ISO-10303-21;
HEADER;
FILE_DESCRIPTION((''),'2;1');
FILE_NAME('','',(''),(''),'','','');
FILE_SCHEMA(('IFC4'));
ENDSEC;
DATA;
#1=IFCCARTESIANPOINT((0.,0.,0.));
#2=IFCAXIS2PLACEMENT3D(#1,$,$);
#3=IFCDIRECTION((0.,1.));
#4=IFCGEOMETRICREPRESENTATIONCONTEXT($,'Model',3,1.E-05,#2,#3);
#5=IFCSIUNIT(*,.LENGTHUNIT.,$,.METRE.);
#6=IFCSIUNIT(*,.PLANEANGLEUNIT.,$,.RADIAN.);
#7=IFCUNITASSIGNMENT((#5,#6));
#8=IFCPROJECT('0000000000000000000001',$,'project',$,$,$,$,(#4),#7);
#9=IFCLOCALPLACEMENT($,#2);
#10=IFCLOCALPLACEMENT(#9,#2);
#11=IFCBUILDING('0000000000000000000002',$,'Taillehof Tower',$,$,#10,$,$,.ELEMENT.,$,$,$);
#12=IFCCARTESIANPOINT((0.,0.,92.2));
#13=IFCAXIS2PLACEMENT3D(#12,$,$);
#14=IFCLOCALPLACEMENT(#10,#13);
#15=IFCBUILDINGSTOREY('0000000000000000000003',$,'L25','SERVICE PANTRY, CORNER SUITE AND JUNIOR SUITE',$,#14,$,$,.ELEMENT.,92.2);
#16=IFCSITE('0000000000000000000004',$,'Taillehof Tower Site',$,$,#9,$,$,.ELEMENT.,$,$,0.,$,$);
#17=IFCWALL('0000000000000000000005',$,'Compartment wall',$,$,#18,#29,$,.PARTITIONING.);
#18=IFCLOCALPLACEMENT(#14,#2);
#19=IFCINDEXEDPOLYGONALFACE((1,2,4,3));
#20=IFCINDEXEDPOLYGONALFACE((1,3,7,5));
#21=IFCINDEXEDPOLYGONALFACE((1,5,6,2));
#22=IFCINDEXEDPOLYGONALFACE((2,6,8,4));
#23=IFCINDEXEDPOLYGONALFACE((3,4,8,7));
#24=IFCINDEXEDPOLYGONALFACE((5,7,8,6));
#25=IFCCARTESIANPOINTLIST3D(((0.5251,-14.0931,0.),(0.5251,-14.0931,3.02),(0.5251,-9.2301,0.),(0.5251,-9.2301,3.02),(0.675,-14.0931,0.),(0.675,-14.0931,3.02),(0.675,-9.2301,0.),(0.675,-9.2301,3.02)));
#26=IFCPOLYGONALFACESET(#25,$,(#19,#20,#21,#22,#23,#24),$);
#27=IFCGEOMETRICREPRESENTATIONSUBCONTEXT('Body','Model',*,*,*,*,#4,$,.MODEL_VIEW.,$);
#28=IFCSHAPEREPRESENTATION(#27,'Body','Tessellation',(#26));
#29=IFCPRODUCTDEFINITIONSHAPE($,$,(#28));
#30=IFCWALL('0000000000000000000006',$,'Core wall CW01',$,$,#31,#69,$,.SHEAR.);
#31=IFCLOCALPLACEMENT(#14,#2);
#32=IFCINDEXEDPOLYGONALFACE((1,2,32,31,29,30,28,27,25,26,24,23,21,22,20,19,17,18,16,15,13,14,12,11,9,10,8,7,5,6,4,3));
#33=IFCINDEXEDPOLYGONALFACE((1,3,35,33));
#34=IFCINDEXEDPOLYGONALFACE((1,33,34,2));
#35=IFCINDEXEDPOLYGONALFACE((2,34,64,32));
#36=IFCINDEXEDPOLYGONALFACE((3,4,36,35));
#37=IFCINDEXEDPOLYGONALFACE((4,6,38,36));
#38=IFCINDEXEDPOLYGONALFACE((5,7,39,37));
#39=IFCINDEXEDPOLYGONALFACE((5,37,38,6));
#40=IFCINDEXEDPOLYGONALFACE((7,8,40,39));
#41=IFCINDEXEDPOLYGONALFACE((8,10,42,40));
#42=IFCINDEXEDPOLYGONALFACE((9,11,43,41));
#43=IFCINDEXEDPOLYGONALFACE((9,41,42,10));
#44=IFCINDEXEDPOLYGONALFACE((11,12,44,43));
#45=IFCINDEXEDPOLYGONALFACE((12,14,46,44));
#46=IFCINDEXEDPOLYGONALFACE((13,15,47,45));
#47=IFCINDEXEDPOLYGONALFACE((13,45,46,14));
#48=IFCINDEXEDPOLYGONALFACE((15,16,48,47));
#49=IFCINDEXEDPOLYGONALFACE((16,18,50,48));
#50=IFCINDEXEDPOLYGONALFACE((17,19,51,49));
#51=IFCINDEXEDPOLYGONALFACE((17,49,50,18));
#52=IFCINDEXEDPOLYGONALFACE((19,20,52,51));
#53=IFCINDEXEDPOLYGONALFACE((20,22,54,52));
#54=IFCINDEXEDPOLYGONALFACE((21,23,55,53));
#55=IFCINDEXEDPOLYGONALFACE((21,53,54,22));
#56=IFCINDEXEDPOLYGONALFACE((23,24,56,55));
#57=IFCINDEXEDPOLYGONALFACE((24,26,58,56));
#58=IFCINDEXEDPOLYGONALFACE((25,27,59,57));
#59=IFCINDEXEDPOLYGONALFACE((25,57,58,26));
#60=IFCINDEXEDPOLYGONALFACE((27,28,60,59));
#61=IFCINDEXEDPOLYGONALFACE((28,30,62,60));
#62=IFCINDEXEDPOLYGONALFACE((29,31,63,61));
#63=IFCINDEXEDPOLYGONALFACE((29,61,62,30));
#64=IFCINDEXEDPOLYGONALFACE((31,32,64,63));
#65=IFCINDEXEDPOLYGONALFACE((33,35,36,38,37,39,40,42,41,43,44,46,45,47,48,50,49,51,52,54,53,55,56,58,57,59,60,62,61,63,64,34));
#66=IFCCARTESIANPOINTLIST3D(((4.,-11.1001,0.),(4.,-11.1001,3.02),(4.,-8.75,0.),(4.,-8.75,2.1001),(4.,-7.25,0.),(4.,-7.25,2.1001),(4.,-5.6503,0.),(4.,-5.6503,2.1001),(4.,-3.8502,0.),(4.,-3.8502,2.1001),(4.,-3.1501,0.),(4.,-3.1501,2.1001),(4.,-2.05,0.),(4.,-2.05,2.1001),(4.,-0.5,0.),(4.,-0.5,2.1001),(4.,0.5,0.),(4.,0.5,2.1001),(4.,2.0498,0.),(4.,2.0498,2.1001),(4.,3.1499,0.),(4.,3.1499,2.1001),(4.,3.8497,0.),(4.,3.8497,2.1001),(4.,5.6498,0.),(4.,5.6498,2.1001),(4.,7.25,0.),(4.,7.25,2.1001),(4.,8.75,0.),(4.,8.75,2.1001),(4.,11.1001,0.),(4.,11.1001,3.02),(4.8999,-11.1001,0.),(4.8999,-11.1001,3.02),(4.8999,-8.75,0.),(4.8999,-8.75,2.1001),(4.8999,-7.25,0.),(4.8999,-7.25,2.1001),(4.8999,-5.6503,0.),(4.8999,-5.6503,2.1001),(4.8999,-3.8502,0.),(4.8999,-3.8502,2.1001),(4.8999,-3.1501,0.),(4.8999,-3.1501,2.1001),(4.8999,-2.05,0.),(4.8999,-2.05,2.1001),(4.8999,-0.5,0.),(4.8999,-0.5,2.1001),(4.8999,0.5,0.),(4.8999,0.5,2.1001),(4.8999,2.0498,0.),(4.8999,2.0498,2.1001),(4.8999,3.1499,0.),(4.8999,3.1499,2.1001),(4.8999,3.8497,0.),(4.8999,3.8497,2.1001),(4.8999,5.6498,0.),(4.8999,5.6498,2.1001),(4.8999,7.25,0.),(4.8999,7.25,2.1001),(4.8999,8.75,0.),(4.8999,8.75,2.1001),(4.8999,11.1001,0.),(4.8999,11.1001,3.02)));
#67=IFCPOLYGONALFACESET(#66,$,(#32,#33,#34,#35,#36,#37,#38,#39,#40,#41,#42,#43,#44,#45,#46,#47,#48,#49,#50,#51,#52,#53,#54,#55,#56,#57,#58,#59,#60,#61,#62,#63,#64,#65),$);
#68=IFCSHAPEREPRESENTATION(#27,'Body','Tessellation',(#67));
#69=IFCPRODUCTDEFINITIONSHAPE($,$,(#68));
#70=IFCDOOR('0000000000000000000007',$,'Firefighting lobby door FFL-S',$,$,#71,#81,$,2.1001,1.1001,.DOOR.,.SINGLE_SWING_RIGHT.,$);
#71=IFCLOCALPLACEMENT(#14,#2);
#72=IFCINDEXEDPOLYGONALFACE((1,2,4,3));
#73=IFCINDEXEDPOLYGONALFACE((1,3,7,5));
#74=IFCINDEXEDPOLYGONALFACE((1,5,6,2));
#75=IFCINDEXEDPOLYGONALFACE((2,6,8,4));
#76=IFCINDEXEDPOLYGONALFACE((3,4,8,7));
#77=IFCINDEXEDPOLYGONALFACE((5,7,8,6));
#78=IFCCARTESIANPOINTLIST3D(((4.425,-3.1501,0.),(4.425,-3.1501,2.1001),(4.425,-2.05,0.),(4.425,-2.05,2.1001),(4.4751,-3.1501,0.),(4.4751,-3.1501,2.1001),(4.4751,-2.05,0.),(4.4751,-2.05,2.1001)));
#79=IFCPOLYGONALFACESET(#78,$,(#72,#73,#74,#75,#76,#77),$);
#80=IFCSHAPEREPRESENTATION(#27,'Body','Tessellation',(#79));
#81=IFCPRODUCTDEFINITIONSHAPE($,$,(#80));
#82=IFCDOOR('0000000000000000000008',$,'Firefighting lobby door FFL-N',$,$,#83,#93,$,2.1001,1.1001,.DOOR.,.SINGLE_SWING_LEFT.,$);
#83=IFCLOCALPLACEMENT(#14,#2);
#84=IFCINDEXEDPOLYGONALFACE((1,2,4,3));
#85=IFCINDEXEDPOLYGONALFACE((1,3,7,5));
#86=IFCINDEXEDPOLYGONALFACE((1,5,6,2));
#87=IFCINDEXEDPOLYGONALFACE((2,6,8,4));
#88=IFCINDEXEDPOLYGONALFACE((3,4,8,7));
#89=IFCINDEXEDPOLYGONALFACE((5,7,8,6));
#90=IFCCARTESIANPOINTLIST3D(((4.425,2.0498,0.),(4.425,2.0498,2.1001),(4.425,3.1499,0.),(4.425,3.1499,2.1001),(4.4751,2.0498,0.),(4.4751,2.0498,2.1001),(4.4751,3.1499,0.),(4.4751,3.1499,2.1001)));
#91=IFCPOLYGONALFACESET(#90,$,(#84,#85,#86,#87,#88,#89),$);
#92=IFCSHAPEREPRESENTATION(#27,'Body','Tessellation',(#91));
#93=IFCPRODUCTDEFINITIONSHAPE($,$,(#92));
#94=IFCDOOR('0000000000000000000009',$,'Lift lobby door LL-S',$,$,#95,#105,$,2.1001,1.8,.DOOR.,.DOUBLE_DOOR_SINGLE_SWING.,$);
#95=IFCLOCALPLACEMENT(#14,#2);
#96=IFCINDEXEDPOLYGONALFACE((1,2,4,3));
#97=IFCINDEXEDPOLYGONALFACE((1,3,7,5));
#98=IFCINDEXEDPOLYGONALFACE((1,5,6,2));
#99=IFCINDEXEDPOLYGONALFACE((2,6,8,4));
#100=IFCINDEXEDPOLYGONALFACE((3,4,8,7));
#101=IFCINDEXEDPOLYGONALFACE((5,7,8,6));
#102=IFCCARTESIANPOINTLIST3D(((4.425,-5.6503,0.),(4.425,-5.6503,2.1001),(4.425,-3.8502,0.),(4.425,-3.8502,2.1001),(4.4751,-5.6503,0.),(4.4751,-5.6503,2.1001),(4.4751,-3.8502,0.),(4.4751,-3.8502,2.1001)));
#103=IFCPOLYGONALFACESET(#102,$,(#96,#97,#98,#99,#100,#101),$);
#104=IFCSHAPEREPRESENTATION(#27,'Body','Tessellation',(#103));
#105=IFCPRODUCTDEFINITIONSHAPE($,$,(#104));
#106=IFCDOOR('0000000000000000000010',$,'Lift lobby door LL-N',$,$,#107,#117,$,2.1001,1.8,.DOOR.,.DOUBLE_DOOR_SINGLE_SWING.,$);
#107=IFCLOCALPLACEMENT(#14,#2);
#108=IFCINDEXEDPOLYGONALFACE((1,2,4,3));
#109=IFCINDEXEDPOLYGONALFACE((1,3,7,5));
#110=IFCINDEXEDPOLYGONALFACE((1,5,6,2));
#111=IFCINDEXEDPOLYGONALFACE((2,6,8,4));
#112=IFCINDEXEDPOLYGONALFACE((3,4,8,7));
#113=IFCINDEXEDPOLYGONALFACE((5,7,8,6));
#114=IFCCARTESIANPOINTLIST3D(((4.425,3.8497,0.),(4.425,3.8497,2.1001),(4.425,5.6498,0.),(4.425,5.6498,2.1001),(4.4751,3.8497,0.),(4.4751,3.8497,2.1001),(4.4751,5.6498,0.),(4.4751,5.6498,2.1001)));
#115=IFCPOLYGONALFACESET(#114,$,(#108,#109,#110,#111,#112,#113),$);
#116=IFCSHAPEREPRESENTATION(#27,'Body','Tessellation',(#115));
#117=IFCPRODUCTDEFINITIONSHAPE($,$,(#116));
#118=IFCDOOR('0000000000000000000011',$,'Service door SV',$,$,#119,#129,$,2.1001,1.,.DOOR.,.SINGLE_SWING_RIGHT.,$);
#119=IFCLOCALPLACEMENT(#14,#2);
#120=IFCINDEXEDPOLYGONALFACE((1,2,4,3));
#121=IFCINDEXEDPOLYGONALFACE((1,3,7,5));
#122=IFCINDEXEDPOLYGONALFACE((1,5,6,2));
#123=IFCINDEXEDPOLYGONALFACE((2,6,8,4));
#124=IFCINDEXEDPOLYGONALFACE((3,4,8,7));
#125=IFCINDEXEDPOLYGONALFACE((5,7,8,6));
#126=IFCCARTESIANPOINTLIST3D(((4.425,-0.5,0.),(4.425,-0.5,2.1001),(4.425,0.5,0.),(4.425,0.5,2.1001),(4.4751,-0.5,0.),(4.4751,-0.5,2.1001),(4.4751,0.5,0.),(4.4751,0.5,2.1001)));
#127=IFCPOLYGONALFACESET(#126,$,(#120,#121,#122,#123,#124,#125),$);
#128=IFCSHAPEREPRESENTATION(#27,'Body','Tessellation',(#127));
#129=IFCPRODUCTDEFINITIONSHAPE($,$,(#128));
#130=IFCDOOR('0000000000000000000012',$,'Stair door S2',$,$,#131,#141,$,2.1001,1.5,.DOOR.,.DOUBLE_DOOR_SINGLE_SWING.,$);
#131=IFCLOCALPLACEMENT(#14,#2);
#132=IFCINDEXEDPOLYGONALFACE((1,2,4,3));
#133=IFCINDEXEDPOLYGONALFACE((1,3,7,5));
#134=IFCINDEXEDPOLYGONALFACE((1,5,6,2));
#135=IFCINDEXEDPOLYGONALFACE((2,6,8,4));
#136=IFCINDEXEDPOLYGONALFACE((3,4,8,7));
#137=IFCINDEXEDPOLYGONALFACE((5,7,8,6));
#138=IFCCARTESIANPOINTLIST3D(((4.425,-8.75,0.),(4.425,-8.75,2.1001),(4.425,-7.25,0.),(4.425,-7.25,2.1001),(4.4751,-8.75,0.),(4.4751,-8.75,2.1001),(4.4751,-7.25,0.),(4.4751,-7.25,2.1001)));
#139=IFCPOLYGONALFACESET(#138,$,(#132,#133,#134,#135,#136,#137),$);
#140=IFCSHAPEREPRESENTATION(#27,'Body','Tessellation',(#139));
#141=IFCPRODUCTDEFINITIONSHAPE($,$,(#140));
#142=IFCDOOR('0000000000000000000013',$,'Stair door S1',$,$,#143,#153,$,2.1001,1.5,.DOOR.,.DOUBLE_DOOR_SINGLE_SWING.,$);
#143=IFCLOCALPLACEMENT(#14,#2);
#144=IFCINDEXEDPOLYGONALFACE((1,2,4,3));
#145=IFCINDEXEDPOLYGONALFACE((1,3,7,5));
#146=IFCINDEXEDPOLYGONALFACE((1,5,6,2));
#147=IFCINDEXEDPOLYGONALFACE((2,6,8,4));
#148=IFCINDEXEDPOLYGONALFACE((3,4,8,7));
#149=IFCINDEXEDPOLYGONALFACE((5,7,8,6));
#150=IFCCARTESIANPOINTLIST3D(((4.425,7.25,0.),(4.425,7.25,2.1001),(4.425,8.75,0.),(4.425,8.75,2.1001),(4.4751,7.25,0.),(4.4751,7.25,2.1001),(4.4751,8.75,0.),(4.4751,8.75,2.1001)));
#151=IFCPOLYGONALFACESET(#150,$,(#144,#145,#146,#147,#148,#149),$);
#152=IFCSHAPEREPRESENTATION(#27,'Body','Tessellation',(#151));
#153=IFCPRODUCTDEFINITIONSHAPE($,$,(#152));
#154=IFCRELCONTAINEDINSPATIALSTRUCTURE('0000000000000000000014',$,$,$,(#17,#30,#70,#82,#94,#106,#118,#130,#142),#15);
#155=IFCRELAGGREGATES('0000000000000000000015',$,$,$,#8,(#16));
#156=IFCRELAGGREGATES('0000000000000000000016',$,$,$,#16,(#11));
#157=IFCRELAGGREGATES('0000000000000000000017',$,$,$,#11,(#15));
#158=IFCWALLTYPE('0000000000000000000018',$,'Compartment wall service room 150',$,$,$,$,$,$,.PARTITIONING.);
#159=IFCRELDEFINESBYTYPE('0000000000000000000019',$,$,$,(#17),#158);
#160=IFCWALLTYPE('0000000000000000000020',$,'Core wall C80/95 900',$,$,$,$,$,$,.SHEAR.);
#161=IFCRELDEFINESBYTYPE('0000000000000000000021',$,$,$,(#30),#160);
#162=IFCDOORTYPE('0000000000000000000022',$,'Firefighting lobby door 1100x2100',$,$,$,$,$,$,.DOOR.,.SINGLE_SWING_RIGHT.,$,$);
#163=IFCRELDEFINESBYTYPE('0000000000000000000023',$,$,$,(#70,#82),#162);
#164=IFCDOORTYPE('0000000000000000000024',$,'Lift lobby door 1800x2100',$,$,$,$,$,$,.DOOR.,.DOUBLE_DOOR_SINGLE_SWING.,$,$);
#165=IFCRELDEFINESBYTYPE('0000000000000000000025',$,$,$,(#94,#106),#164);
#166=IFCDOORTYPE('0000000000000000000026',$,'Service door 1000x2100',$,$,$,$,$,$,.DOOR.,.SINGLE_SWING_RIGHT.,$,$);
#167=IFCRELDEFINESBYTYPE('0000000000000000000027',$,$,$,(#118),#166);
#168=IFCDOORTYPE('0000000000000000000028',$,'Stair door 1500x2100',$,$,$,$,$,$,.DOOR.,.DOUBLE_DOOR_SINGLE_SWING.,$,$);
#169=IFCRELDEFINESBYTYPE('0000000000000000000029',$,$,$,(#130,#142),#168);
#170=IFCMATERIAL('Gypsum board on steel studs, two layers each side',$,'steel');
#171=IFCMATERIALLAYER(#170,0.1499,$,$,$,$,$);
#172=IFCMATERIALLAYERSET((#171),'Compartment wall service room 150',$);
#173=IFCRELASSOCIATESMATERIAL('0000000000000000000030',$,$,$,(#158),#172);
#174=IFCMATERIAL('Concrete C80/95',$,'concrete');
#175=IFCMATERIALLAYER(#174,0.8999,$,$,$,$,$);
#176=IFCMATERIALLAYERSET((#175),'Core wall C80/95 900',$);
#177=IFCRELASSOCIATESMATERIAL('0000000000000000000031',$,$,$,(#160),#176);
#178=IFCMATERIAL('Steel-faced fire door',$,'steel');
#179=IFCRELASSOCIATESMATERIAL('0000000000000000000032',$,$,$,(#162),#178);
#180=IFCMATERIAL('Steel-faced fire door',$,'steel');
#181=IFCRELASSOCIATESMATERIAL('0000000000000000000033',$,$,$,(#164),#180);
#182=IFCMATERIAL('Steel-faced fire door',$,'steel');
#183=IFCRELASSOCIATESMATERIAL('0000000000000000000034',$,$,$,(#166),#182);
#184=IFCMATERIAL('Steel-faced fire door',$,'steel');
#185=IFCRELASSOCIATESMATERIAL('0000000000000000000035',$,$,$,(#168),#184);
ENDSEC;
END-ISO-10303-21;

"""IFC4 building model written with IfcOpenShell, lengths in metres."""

from ifc_helpers import new_model, si_unit, direction, frame, frame_2d, origin, place, context, subcontext, project, spatial, rectangle, extrude, material, layer, layer_set, type_object, element, fill, save


model = new_model("IFC4")

# Units and contexts
model_context = context("Model", 3, precision=1e-05, world=origin(), true_north=direction((0.0, 1.0)))
body_context = subcontext(model_context, "Body", "Model", "MODEL_VIEW")
ifc_project = project(units=[si_unit("LENGTHUNIT", "METRE"), si_unit("PLANEANGLEUNIT", "RADIAN")], contexts=[model_context])

# Site, building, storey
site_placement = place(None, origin())
site = spatial("IfcSite", under=ifc_project, at=site_placement, Name="Taillehof Tower Site", CompositionType="ELEMENT", RefElevation=0.0)
building_placement = place(site_placement, origin())
building = spatial("IfcBuilding", under=site, at=building_placement, Name="Taillehof Tower", CompositionType="ELEMENT")
storey_placement = place(building_placement, frame((0.0, 0.0, 92.2)))
storey = spatial("IfcBuildingStorey", under=building, at=storey_placement, Name="L25", Description="SERVICE PANTRY, CORNER SUITE AND JUNIOR SUITE", CompositionType="ELEMENT", Elevation=92.2)

# Wall
ifc_material_1 = material(Name="Gypsum board on steel studs, two layers each side", Category="steel")
ifc_layer_1 = layer(ifc_material_1, 0.1499)
ifc_layer_set_1 = layer_set([ifc_layer_1], Name="Compartment wall service room 150")
wall_type_1 = type_object("IfcWallType", Name="Compartment wall service room 150", PredefinedType="PARTITIONING", material=ifc_layer_set_1)
wall_1_placement = place(storey_placement, frame((0.6001, -9.23, 0.0), z_axis=(0.0, 0.0, 1.0), x_axis=(0.0, -1.0, 0.0)))
element("IfcWall", 1, at=wall_1_placement, inside=storey, type_object=wall_type_1, Name="Compartment wall", PredefinedType="PARTITIONING", context=body_context, shape_type="SweptSolid", body=[
    extrude(rectangle(XDim=4.863, YDim=0.1499, at=frame_2d((2.4316, 0.0))), origin(), (0.0, 0.0, 1.0), 3.02),
])

# Wall, openings, doors
ifc_material_2 = material(Name="Concrete C80/95", Category="concrete")
ifc_layer_2 = layer(ifc_material_2, 0.8999)
ifc_layer_set_2 = layer_set([ifc_layer_2], Name="Core wall C80/95 900")
wall_type_2 = type_object("IfcWallType", Name="Core wall C80/95 900", PredefinedType="SHEAR", material=ifc_layer_set_2)
wall_2_placement = place(storey_placement, frame((4.45, -11.1001, 0.0), z_axis=(0.0, 0.0, 1.0), x_axis=(0.0, 1.0, 0.0)))
wall_2 = element("IfcWall", 2, at=wall_2_placement, inside=storey, type_object=wall_type_2, Name="Core wall CW01", PredefinedType="SHEAR", context=body_context, shape_type="SweptSolid", body=[
    extrude(rectangle(XDim=22.2002, YDim=0.8999, at=frame_2d((11.1001, 0.0))), origin(), (0.0, 0.0, 1.0), 3.02),
])
opening_1_placement = place(wall_2_placement, frame((2.3501, 0.0, 0.0)))
opening_1 = element("IfcOpeningElement", 3, at=opening_1_placement, cuts=wall_2, PredefinedType="OPENING", context=body_context, shape_type="SweptSolid", body=[
    extrude(rectangle(XDim=1.5, YDim=2.1001, at=frame_2d((0.75, 1.05))), frame((0.0, 0.46, 0.0), z_axis=(0.0, -1.0, 0.0), x_axis=(1.0, 0.0, 0.0)), (0.0, 0.0, 1.0), 0.9199),
])
opening_2_placement = place(wall_2_placement, frame((5.45, 0.0, 0.0)))
opening_2 = element("IfcOpeningElement", 4, at=opening_2_placement, cuts=wall_2, PredefinedType="OPENING", context=body_context, shape_type="SweptSolid", body=[
    extrude(rectangle(XDim=1.8, YDim=2.1001, at=frame_2d((0.8999, 1.05))), frame((0.0, 0.46, 0.0), z_axis=(0.0, -1.0, 0.0), x_axis=(1.0, 0.0, 0.0)), (0.0, 0.0, 1.0), 0.9199),
])
opening_3_placement = place(wall_2_placement, frame((7.95, 0.0, 0.0)))
opening_3 = element("IfcOpeningElement", 5, at=opening_3_placement, cuts=wall_2, PredefinedType="OPENING", context=body_context, shape_type="SweptSolid", body=[
    extrude(rectangle(XDim=1.1001, YDim=2.1001, at=frame_2d((0.55, 1.05))), frame((0.0, 0.46, 0.0), z_axis=(0.0, -1.0, 0.0), x_axis=(1.0, 0.0, 0.0)), (0.0, 0.0, 1.0), 0.9199),
])
opening_4_placement = place(wall_2_placement, frame((10.6001, 0.0, 0.0)))
opening_4 = element("IfcOpeningElement", 6, at=opening_4_placement, cuts=wall_2, PredefinedType="OPENING", context=body_context, shape_type="SweptSolid", body=[
    extrude(rectangle(XDim=1.0, YDim=2.1001, at=frame_2d((0.5, 1.05))), frame((0.0, 0.46, 0.0), z_axis=(0.0, -1.0, 0.0), x_axis=(1.0, 0.0, 0.0)), (0.0, 0.0, 1.0), 0.9199),
])
opening_5_placement = place(wall_2_placement, frame((13.1499, 0.0, 0.0)))
opening_5 = element("IfcOpeningElement", 7, at=opening_5_placement, cuts=wall_2, PredefinedType="OPENING", context=body_context, shape_type="SweptSolid", body=[
    extrude(rectangle(XDim=1.1001, YDim=2.1001, at=frame_2d((0.55, 1.05))), frame((0.0, 0.46, 0.0), z_axis=(0.0, -1.0, 0.0), x_axis=(1.0, 0.0, 0.0)), (0.0, 0.0, 1.0), 0.9199),
])
opening_6_placement = place(wall_2_placement, frame((14.95, 0.0, 0.0)))
opening_6 = element("IfcOpeningElement", 8, at=opening_6_placement, cuts=wall_2, PredefinedType="OPENING", context=body_context, shape_type="SweptSolid", body=[
    extrude(rectangle(XDim=1.8, YDim=2.1001, at=frame_2d((0.8999, 1.05))), frame((0.0, 0.46, 0.0), z_axis=(0.0, -1.0, 0.0), x_axis=(1.0, 0.0, 0.0)), (0.0, 0.0, 1.0), 0.9199),
])
opening_7_placement = place(wall_2_placement, frame((18.3501, 0.0, 0.0)))
opening_7 = element("IfcOpeningElement", 9, at=opening_7_placement, cuts=wall_2, PredefinedType="OPENING", context=body_context, shape_type="SweptSolid", body=[
    extrude(rectangle(XDim=1.5, YDim=2.1001, at=frame_2d((0.75, 1.05))), frame((0.0, 0.46, 0.0), z_axis=(0.0, -1.0, 0.0), x_axis=(1.0, 0.0, 0.0)), (0.0, 0.0, 1.0), 0.9199),
])
ifc_material_3 = material(Name="Steel-faced fire door", Category="steel")
door_type_1 = type_object("IfcDoorType", Name="Firefighting lobby door 1100x2100", OperationType="SINGLE_SWING_RIGHT", PredefinedType="DOOR", material=ifc_material_3)
door_1_placement = place(opening_3_placement, origin())
door_1 = element("IfcDoor", 10, at=door_1_placement, inside=storey, type_object=door_type_1, Name="Firefighting lobby door FFL-S", OperationType="SINGLE_SWING_RIGHT", OverallHeight=2.1001, OverallWidth=1.1001, PredefinedType="DOOR", context=body_context, shape_type="SweptSolid", body=[
    extrude(rectangle(XDim=1.1001, YDim=2.1001, at=frame_2d((0.55, 1.05))), frame((0.0, 0.0249, 0.0), z_axis=(0.0, -1.0, 0.0), x_axis=(1.0, 0.0, 0.0)), (0.0, 0.0, 1.0), 0.05),
])
fill(opening_3, door_1)
door_2_placement = place(opening_5_placement, origin())
door_2 = element("IfcDoor", 11, at=door_2_placement, inside=storey, type_object=door_type_1, Name="Firefighting lobby door FFL-N", OperationType="SINGLE_SWING_LEFT", OverallHeight=2.1001, OverallWidth=1.1001, PredefinedType="DOOR", context=body_context, shape_type="SweptSolid", body=[
    extrude(rectangle(XDim=1.1001, YDim=2.1001, at=frame_2d((0.55, 1.05))), frame((0.0, 0.0249, 0.0), z_axis=(0.0, -1.0, 0.0), x_axis=(1.0, 0.0, 0.0)), (0.0, 0.0, 1.0), 0.05),
])
fill(opening_5, door_2)
ifc_material_4 = material(Name="Steel-faced fire door", Category="steel")
door_type_2 = type_object("IfcDoorType", Name="Lift lobby door 1800x2100", OperationType="DOUBLE_DOOR_SINGLE_SWING", PredefinedType="DOOR", material=ifc_material_4)
door_3_placement = place(opening_2_placement, origin())
door_3 = element("IfcDoor", 12, at=door_3_placement, inside=storey, type_object=door_type_2, Name="Lift lobby door LL-S", OperationType="DOUBLE_DOOR_SINGLE_SWING", OverallHeight=2.1001, OverallWidth=1.8, PredefinedType="DOOR", context=body_context, shape_type="SweptSolid", body=[
    extrude(rectangle(XDim=1.8, YDim=2.1001, at=frame_2d((0.8999, 1.05))), frame((0.0, 0.0249, 0.0), z_axis=(0.0, -1.0, 0.0), x_axis=(1.0, 0.0, 0.0)), (0.0, 0.0, 1.0), 0.05),
])
fill(opening_2, door_3)
door_4_placement = place(opening_6_placement, origin())
door_4 = element("IfcDoor", 13, at=door_4_placement, inside=storey, type_object=door_type_2, Name="Lift lobby door LL-N", OperationType="DOUBLE_DOOR_SINGLE_SWING", OverallHeight=2.1001, OverallWidth=1.8, PredefinedType="DOOR", context=body_context, shape_type="SweptSolid", body=[
    extrude(rectangle(XDim=1.8, YDim=2.1001, at=frame_2d((0.8999, 1.05))), frame((0.0, 0.0249, 0.0), z_axis=(0.0, -1.0, 0.0), x_axis=(1.0, 0.0, 0.0)), (0.0, 0.0, 1.0), 0.05),
])
fill(opening_6, door_4)
ifc_material_5 = material(Name="Steel-faced fire door", Category="steel")
door_type_3 = type_object("IfcDoorType", Name="Service door 1000x2100", OperationType="SINGLE_SWING_RIGHT", PredefinedType="DOOR", material=ifc_material_5)
door_5_placement = place(opening_4_placement, origin())
door_5 = element("IfcDoor", 14, at=door_5_placement, inside=storey, type_object=door_type_3, Name="Service door SV", OperationType="SINGLE_SWING_RIGHT", OverallHeight=2.1001, OverallWidth=1.0, PredefinedType="DOOR", context=body_context, shape_type="SweptSolid", body=[
    extrude(rectangle(XDim=1.0, YDim=2.1001, at=frame_2d((0.5, 1.05))), frame((0.0, 0.0249, 0.0), z_axis=(0.0, -1.0, 0.0), x_axis=(1.0, 0.0, 0.0)), (0.0, 0.0, 1.0), 0.05),
])
fill(opening_4, door_5)
ifc_material_6 = material(Name="Steel-faced fire door", Category="steel")
door_type_4 = type_object("IfcDoorType", Name="Stair door 1500x2100", OperationType="DOUBLE_DOOR_SINGLE_SWING", PredefinedType="DOOR", material=ifc_material_6)
door_6_placement = place(opening_1_placement, origin())
door_6 = element("IfcDoor", 15, at=door_6_placement, inside=storey, type_object=door_type_4, Name="Stair door S2", OperationType="DOUBLE_DOOR_SINGLE_SWING", OverallHeight=2.1001, OverallWidth=1.5, PredefinedType="DOOR", context=body_context, shape_type="SweptSolid", body=[
    extrude(rectangle(XDim=1.5, YDim=2.1001, at=frame_2d((0.75, 1.05))), frame((0.0, 0.0249, 0.0), z_axis=(0.0, -1.0, 0.0), x_axis=(1.0, 0.0, 0.0)), (0.0, 0.0, 1.0), 0.05),
])
fill(opening_1, door_6)
door_7_placement = place(opening_7_placement, origin())
door_7 = element("IfcDoor", 16, at=door_7_placement, inside=storey, type_object=door_type_4, Name="Stair door S1", OperationType="DOUBLE_DOOR_SINGLE_SWING", OverallHeight=2.1001, OverallWidth=1.5, PredefinedType="DOOR", context=body_context, shape_type="SweptSolid", body=[
    extrude(rectangle(XDim=1.5, YDim=2.1001, at=frame_2d((0.75, 1.05))), frame((0.0, 0.0249, 0.0), z_axis=(0.0, -1.0, 0.0), x_axis=(1.0, 0.0, 0.0)), (0.0, 0.0, 1.0), 0.05),
])
fill(opening_7, door_7)

save(model, "model.ifc")
